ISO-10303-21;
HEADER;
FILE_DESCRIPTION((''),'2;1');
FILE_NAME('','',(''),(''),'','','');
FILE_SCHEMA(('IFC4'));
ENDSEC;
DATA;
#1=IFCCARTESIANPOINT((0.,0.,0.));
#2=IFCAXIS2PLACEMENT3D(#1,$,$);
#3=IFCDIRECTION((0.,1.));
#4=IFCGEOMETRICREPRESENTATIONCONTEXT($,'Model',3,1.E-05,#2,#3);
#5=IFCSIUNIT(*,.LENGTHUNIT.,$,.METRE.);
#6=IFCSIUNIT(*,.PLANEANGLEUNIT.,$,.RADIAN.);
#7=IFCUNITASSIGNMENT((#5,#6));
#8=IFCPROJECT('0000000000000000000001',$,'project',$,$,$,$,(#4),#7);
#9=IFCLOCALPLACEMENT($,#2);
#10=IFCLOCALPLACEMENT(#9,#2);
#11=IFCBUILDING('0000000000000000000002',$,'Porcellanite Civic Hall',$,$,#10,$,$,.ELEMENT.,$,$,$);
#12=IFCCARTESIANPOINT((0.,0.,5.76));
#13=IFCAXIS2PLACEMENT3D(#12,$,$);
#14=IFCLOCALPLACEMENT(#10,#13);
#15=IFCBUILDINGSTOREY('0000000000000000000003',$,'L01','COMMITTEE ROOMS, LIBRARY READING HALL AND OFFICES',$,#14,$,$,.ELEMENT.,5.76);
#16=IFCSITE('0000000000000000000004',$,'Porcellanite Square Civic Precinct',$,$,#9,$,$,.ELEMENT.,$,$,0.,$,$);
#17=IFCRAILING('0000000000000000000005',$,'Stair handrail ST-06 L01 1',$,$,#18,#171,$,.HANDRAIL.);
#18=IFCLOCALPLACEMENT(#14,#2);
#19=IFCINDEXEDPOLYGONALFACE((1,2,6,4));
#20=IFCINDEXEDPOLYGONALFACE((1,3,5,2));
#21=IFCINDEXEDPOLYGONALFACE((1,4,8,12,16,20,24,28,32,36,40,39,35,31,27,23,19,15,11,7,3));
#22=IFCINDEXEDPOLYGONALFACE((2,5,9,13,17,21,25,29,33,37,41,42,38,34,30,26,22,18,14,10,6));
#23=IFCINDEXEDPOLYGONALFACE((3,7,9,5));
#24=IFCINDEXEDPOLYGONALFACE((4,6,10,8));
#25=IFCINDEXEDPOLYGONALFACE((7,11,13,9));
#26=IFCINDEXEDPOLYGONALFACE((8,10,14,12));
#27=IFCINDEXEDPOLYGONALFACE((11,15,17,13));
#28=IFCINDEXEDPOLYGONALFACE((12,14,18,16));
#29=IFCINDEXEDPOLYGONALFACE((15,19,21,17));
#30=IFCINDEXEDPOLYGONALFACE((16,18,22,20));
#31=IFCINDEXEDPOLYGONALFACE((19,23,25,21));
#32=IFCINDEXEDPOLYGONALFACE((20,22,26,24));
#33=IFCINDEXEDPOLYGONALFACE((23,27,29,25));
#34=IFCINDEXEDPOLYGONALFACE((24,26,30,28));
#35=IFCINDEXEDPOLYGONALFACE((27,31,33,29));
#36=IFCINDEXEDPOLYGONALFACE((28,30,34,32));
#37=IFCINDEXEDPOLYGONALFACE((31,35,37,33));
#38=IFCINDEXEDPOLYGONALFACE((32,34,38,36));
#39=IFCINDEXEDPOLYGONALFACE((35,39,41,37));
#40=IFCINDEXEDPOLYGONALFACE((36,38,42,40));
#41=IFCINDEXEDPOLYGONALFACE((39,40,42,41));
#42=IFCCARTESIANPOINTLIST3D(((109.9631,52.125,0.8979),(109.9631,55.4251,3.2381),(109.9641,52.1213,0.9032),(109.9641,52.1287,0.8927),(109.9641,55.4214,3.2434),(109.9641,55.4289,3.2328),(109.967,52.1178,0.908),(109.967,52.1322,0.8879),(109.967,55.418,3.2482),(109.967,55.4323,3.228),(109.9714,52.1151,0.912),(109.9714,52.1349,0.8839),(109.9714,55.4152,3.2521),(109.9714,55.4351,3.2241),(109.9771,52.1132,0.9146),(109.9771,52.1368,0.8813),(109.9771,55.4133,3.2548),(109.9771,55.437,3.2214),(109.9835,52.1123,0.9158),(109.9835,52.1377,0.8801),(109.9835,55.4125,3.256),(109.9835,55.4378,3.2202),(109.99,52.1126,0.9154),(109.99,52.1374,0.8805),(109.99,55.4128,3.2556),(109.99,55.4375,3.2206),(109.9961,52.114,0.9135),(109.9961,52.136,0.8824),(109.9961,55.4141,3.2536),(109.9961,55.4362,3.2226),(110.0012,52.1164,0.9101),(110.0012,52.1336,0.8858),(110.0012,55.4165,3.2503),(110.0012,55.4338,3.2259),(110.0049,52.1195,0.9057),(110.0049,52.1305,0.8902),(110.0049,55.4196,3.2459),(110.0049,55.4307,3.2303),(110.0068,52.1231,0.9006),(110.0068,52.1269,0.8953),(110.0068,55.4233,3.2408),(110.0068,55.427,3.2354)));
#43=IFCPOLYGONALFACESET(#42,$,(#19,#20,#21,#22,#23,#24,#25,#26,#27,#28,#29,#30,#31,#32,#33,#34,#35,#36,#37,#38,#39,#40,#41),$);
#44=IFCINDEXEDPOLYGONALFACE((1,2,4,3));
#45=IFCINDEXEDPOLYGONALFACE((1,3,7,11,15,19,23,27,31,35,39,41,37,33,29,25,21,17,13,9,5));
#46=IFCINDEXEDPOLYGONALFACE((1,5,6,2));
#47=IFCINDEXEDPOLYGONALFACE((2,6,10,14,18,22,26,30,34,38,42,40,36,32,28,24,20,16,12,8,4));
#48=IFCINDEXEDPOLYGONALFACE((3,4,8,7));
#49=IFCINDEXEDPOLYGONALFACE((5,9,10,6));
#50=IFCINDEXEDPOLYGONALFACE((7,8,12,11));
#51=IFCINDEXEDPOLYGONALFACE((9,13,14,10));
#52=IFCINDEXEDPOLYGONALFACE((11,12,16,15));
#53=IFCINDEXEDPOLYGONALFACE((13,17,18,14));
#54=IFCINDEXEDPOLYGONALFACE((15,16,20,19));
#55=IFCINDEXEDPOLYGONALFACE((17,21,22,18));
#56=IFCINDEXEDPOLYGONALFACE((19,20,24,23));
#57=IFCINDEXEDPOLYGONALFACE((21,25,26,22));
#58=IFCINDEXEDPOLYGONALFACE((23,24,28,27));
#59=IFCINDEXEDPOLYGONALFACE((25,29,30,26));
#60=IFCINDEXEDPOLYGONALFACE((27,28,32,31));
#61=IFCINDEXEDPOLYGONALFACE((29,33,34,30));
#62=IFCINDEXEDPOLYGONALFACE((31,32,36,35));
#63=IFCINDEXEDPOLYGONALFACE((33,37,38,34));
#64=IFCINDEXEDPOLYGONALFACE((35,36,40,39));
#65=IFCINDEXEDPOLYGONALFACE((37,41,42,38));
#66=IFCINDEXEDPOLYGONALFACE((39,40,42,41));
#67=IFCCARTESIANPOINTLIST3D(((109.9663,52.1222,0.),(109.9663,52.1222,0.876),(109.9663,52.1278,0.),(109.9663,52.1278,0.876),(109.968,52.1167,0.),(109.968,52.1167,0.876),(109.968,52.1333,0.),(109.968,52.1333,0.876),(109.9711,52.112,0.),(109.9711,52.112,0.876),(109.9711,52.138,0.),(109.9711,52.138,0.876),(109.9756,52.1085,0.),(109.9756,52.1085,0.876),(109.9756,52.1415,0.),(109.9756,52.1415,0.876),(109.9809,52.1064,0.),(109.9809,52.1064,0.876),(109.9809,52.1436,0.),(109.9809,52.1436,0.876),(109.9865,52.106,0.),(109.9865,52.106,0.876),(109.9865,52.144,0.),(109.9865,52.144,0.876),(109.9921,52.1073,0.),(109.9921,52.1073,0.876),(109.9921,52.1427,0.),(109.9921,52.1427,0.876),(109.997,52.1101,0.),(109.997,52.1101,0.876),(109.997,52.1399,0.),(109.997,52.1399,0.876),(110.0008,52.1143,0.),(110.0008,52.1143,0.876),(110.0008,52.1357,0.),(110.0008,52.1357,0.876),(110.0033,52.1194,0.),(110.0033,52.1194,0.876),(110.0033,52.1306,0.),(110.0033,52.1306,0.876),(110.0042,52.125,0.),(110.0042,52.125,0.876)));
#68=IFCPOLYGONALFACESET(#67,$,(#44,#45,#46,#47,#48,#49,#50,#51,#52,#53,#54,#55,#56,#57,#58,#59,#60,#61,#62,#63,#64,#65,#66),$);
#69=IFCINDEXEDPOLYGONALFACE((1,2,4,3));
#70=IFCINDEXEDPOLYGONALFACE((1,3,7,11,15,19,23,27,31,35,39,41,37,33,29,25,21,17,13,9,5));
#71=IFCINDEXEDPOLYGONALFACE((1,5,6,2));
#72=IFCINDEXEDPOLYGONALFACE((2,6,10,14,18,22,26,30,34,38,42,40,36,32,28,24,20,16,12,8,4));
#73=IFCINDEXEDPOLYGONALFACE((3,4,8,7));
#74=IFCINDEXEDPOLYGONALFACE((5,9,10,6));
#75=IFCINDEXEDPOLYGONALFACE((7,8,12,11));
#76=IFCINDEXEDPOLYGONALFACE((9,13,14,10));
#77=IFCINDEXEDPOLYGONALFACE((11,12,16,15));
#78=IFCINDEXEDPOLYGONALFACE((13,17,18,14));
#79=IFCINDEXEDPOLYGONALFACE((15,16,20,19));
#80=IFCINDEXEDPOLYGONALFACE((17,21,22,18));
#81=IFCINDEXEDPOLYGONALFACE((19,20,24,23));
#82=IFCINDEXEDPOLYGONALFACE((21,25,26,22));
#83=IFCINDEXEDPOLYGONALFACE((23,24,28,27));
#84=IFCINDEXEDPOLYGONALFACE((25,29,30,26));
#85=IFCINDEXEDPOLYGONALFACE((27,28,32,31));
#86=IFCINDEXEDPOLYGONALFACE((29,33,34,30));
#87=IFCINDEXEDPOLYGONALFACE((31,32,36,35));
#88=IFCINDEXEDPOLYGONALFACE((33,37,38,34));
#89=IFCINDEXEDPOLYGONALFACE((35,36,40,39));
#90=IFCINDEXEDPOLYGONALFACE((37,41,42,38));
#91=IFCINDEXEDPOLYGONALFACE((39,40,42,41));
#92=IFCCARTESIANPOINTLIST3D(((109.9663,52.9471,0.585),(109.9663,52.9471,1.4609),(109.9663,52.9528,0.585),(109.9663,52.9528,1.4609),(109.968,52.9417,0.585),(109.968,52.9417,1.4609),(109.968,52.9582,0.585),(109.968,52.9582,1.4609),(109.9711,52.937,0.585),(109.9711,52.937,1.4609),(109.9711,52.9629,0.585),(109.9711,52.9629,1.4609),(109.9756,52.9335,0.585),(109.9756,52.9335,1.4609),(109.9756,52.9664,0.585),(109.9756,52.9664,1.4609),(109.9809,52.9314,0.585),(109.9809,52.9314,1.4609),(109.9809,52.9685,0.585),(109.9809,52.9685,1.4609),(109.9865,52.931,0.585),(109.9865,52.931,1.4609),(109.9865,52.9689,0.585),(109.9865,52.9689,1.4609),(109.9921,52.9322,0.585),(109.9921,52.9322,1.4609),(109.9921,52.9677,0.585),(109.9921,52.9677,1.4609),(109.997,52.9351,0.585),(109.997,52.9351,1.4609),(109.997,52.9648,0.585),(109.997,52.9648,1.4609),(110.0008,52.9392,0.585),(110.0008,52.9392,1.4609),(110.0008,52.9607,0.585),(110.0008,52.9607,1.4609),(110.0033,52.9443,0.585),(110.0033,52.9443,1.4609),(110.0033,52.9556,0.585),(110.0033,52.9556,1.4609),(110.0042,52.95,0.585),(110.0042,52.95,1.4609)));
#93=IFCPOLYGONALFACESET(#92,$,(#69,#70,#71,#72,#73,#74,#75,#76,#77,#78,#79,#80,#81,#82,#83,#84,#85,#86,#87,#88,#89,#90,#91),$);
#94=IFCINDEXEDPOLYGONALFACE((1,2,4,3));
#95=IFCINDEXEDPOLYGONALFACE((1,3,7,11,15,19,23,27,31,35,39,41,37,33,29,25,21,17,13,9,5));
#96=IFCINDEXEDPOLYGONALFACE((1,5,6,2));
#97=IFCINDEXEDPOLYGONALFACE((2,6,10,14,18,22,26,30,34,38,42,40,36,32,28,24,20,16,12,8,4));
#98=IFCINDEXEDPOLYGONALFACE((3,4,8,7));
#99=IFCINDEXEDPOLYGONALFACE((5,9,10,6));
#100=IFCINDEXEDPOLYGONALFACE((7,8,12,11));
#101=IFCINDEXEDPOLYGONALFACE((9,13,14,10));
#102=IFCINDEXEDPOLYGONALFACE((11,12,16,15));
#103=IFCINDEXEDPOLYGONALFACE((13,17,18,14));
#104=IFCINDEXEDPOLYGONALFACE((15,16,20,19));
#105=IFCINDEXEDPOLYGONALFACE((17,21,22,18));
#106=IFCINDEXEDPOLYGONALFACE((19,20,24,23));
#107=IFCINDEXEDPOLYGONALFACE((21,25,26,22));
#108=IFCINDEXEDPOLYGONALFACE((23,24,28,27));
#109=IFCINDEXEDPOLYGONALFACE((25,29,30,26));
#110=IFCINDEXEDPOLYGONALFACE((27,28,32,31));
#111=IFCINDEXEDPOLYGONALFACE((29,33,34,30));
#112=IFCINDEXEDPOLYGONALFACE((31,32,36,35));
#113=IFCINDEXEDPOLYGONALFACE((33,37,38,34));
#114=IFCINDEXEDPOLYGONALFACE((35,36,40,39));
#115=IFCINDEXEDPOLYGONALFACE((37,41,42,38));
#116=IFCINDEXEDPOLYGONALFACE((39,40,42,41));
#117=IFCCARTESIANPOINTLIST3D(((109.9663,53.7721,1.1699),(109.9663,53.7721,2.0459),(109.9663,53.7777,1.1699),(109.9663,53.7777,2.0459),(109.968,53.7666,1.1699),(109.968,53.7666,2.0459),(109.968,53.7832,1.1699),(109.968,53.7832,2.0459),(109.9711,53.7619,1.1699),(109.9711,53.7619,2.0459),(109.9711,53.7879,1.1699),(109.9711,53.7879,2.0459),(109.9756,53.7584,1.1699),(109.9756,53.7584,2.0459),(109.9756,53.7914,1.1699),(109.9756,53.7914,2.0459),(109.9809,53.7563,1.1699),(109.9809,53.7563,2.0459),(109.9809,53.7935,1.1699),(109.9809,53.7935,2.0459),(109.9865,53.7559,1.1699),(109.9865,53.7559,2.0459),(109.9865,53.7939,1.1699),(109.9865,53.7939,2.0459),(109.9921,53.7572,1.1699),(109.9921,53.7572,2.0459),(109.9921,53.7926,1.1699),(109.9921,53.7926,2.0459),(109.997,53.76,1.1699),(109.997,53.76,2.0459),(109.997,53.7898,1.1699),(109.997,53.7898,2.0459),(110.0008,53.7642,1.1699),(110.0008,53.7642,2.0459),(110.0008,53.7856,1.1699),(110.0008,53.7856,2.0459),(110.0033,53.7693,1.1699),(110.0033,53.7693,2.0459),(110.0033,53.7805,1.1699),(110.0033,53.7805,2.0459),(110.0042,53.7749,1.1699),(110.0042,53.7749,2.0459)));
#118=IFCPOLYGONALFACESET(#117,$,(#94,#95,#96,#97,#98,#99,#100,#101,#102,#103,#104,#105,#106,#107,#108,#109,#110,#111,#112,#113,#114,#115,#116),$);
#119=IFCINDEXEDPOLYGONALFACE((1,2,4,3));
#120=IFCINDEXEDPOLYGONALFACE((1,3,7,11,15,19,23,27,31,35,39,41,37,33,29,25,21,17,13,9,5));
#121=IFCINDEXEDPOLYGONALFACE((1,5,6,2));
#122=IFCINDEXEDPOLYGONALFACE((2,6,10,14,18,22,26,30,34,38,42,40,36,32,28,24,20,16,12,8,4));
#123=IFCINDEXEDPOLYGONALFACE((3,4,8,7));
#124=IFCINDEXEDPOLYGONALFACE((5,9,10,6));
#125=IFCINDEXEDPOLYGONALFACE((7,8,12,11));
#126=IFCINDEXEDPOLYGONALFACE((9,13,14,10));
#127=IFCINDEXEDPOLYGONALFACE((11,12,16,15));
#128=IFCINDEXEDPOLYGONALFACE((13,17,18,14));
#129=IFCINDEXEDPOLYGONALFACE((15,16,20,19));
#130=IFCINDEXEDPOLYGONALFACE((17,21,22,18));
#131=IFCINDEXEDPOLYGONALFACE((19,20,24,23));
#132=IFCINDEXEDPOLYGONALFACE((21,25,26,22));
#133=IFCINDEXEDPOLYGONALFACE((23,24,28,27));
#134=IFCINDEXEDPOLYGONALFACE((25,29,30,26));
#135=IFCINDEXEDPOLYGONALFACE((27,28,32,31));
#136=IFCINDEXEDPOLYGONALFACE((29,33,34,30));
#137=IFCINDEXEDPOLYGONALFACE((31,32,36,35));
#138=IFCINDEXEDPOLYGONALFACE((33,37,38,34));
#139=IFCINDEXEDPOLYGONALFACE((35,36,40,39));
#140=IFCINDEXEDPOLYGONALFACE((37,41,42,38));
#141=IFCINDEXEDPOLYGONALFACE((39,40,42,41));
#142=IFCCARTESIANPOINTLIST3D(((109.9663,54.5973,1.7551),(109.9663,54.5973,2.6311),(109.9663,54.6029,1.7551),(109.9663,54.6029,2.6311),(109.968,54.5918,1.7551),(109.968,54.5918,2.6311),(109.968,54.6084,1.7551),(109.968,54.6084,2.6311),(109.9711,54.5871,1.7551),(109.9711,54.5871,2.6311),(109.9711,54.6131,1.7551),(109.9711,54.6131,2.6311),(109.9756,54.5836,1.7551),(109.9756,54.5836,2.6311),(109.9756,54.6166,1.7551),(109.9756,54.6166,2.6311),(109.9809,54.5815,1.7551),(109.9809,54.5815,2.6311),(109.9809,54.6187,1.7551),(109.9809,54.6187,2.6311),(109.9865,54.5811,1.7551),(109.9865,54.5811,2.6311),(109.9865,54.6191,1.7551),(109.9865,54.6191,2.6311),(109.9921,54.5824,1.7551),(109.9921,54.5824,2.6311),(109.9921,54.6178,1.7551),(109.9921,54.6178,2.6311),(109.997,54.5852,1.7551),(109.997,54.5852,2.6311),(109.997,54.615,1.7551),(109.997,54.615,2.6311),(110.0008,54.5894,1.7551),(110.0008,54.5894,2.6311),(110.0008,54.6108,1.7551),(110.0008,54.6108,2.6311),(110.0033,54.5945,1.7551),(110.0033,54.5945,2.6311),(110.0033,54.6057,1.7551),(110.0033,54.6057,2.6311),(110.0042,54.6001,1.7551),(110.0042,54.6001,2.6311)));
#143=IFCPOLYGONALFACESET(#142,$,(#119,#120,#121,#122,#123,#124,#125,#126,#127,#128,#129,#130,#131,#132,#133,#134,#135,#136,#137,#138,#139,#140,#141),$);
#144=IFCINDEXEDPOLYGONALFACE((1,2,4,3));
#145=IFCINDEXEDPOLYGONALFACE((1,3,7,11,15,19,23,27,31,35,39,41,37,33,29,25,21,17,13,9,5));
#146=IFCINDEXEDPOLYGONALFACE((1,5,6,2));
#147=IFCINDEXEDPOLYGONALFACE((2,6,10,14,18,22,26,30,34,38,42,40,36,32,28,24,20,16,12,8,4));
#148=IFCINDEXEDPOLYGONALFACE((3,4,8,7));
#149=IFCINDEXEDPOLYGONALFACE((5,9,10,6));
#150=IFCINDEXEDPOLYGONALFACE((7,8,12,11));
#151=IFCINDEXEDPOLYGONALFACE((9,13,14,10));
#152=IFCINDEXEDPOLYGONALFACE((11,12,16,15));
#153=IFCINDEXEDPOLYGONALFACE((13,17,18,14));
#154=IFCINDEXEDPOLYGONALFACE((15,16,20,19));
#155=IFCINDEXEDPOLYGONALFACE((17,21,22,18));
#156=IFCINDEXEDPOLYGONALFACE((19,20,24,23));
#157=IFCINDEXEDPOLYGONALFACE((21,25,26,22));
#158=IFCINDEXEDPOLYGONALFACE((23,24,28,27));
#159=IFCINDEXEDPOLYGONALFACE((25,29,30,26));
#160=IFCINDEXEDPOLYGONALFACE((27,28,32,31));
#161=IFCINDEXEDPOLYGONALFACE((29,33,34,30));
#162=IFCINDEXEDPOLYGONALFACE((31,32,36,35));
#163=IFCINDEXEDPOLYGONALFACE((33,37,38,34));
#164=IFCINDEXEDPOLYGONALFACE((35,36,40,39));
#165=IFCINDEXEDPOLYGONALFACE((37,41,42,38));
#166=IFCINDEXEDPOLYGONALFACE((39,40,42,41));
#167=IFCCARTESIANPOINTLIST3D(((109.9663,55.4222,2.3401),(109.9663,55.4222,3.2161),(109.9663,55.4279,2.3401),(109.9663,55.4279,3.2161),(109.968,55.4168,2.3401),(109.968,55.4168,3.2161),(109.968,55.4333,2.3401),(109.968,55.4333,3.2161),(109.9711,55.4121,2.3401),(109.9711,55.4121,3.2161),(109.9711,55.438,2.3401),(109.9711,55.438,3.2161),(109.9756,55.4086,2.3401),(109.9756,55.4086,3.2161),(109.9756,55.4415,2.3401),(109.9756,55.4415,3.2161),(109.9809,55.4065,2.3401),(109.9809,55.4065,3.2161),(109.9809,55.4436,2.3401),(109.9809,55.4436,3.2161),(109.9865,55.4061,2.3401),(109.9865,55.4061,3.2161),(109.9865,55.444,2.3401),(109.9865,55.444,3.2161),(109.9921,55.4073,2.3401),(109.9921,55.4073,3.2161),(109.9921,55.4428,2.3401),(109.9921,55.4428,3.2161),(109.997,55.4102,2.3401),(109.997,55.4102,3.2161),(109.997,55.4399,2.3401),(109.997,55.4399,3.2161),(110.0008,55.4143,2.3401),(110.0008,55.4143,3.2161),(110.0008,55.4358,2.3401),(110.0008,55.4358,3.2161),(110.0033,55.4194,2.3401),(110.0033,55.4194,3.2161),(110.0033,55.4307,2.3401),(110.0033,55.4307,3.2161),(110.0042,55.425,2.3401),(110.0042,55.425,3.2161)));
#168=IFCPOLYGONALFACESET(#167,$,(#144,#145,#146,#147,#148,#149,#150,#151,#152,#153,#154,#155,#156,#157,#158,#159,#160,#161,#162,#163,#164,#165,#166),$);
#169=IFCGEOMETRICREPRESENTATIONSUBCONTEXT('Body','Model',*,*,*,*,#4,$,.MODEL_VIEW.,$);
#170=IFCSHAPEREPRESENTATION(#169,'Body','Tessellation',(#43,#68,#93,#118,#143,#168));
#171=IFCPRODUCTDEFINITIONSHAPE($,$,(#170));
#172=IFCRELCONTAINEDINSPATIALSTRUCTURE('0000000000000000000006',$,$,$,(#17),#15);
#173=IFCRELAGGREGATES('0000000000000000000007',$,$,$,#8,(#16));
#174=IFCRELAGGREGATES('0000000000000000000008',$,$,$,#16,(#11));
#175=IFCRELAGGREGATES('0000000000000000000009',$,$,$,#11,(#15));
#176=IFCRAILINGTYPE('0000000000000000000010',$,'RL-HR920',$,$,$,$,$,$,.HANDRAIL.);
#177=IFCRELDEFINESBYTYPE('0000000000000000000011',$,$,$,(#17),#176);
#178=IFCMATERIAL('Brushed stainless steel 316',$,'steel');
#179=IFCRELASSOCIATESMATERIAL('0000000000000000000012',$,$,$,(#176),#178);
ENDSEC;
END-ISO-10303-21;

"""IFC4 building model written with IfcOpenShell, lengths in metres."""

from ifc_helpers import new_model, si_unit, direction, frame, origin, origin_2d, place, context, subcontext, project, spatial, circle, extrude, material, type_object, element, save


model = new_model("IFC4")

# Units and contexts
model_context = context("Model", 3, precision=1e-05, world=origin(), true_north=direction((0.0, 1.0)))
body_context = subcontext(model_context, "Body", "Model", "MODEL_VIEW")
ifc_project = project(units=[si_unit("LENGTHUNIT", "METRE"), si_unit("PLANEANGLEUNIT", "RADIAN")], contexts=[model_context])

# Site, building, storey
site_placement = place(None, origin())
site = spatial("IfcSite", under=ifc_project, at=site_placement, Name="Porcellanite Square Civic Precinct", CompositionType="ELEMENT", RefElevation=0.0)
building_placement = place(site_placement, origin())
building = spatial("IfcBuilding", under=site, at=building_placement, Name="Porcellanite Civic Hall", CompositionType="ELEMENT")
storey_placement = place(building_placement, frame((0.0, 0.0, 5.76)))
storey = spatial("IfcBuildingStorey", under=building, at=storey_placement, Name="L01", Description="COMMITTEE ROOMS, LIBRARY READING HALL AND OFFICES", CompositionType="ELEMENT", Elevation=5.76)

# Railing
ifc_material_1 = material(Name="Brushed stainless steel 316", Category="steel")
railing_type_1 = type_object("IfcRailingType", Name="RL-HR920", PredefinedType="HANDRAIL", material=ifc_material_1)
railing_1_placement = place(storey_placement, frame((109.9851, 52.125, 0.0)))
element("IfcRailing", 1, at=railing_1_placement, inside=storey, type_object=railing_type_1, Name="Stair handrail ST-06 L01 1", PredefinedType="HANDRAIL", context=body_context, shape_type="SweptSolid", body=[
    extrude(circle(Radius=0.022, at=origin_2d()), frame((0.0, 0.0, 0.8979), z_axis=(0.0, 0.815727, 0.578438), x_axis=(-1.0, 0.0, 0.0)), (0.0, 0.0, 1.0), 4.0457),
    extrude(circle(Radius=0.019, at=origin_2d()), origin(), (0.0, 0.0, 1.0), 0.876),
    extrude(circle(Radius=0.019, at=origin_2d()), frame((0.0, 0.825, 0.585)), (0.0, 0.0, 1.0), 0.876),
    extrude(circle(Radius=0.019, at=origin_2d()), frame((0.0, 1.6499, 1.1699)), (0.0, 0.0, 1.0), 0.876),
    extrude(circle(Radius=0.019, at=origin_2d()), frame((0.0, 2.4751, 1.7551)), (0.0, 0.0, 1.0), 0.876),
    extrude(circle(Radius=0.019, at=origin_2d()), frame((0.0, 3.3, 2.3401)), (0.0, 0.0, 1.0), 0.876),
])

save(model, "model.ifc")
